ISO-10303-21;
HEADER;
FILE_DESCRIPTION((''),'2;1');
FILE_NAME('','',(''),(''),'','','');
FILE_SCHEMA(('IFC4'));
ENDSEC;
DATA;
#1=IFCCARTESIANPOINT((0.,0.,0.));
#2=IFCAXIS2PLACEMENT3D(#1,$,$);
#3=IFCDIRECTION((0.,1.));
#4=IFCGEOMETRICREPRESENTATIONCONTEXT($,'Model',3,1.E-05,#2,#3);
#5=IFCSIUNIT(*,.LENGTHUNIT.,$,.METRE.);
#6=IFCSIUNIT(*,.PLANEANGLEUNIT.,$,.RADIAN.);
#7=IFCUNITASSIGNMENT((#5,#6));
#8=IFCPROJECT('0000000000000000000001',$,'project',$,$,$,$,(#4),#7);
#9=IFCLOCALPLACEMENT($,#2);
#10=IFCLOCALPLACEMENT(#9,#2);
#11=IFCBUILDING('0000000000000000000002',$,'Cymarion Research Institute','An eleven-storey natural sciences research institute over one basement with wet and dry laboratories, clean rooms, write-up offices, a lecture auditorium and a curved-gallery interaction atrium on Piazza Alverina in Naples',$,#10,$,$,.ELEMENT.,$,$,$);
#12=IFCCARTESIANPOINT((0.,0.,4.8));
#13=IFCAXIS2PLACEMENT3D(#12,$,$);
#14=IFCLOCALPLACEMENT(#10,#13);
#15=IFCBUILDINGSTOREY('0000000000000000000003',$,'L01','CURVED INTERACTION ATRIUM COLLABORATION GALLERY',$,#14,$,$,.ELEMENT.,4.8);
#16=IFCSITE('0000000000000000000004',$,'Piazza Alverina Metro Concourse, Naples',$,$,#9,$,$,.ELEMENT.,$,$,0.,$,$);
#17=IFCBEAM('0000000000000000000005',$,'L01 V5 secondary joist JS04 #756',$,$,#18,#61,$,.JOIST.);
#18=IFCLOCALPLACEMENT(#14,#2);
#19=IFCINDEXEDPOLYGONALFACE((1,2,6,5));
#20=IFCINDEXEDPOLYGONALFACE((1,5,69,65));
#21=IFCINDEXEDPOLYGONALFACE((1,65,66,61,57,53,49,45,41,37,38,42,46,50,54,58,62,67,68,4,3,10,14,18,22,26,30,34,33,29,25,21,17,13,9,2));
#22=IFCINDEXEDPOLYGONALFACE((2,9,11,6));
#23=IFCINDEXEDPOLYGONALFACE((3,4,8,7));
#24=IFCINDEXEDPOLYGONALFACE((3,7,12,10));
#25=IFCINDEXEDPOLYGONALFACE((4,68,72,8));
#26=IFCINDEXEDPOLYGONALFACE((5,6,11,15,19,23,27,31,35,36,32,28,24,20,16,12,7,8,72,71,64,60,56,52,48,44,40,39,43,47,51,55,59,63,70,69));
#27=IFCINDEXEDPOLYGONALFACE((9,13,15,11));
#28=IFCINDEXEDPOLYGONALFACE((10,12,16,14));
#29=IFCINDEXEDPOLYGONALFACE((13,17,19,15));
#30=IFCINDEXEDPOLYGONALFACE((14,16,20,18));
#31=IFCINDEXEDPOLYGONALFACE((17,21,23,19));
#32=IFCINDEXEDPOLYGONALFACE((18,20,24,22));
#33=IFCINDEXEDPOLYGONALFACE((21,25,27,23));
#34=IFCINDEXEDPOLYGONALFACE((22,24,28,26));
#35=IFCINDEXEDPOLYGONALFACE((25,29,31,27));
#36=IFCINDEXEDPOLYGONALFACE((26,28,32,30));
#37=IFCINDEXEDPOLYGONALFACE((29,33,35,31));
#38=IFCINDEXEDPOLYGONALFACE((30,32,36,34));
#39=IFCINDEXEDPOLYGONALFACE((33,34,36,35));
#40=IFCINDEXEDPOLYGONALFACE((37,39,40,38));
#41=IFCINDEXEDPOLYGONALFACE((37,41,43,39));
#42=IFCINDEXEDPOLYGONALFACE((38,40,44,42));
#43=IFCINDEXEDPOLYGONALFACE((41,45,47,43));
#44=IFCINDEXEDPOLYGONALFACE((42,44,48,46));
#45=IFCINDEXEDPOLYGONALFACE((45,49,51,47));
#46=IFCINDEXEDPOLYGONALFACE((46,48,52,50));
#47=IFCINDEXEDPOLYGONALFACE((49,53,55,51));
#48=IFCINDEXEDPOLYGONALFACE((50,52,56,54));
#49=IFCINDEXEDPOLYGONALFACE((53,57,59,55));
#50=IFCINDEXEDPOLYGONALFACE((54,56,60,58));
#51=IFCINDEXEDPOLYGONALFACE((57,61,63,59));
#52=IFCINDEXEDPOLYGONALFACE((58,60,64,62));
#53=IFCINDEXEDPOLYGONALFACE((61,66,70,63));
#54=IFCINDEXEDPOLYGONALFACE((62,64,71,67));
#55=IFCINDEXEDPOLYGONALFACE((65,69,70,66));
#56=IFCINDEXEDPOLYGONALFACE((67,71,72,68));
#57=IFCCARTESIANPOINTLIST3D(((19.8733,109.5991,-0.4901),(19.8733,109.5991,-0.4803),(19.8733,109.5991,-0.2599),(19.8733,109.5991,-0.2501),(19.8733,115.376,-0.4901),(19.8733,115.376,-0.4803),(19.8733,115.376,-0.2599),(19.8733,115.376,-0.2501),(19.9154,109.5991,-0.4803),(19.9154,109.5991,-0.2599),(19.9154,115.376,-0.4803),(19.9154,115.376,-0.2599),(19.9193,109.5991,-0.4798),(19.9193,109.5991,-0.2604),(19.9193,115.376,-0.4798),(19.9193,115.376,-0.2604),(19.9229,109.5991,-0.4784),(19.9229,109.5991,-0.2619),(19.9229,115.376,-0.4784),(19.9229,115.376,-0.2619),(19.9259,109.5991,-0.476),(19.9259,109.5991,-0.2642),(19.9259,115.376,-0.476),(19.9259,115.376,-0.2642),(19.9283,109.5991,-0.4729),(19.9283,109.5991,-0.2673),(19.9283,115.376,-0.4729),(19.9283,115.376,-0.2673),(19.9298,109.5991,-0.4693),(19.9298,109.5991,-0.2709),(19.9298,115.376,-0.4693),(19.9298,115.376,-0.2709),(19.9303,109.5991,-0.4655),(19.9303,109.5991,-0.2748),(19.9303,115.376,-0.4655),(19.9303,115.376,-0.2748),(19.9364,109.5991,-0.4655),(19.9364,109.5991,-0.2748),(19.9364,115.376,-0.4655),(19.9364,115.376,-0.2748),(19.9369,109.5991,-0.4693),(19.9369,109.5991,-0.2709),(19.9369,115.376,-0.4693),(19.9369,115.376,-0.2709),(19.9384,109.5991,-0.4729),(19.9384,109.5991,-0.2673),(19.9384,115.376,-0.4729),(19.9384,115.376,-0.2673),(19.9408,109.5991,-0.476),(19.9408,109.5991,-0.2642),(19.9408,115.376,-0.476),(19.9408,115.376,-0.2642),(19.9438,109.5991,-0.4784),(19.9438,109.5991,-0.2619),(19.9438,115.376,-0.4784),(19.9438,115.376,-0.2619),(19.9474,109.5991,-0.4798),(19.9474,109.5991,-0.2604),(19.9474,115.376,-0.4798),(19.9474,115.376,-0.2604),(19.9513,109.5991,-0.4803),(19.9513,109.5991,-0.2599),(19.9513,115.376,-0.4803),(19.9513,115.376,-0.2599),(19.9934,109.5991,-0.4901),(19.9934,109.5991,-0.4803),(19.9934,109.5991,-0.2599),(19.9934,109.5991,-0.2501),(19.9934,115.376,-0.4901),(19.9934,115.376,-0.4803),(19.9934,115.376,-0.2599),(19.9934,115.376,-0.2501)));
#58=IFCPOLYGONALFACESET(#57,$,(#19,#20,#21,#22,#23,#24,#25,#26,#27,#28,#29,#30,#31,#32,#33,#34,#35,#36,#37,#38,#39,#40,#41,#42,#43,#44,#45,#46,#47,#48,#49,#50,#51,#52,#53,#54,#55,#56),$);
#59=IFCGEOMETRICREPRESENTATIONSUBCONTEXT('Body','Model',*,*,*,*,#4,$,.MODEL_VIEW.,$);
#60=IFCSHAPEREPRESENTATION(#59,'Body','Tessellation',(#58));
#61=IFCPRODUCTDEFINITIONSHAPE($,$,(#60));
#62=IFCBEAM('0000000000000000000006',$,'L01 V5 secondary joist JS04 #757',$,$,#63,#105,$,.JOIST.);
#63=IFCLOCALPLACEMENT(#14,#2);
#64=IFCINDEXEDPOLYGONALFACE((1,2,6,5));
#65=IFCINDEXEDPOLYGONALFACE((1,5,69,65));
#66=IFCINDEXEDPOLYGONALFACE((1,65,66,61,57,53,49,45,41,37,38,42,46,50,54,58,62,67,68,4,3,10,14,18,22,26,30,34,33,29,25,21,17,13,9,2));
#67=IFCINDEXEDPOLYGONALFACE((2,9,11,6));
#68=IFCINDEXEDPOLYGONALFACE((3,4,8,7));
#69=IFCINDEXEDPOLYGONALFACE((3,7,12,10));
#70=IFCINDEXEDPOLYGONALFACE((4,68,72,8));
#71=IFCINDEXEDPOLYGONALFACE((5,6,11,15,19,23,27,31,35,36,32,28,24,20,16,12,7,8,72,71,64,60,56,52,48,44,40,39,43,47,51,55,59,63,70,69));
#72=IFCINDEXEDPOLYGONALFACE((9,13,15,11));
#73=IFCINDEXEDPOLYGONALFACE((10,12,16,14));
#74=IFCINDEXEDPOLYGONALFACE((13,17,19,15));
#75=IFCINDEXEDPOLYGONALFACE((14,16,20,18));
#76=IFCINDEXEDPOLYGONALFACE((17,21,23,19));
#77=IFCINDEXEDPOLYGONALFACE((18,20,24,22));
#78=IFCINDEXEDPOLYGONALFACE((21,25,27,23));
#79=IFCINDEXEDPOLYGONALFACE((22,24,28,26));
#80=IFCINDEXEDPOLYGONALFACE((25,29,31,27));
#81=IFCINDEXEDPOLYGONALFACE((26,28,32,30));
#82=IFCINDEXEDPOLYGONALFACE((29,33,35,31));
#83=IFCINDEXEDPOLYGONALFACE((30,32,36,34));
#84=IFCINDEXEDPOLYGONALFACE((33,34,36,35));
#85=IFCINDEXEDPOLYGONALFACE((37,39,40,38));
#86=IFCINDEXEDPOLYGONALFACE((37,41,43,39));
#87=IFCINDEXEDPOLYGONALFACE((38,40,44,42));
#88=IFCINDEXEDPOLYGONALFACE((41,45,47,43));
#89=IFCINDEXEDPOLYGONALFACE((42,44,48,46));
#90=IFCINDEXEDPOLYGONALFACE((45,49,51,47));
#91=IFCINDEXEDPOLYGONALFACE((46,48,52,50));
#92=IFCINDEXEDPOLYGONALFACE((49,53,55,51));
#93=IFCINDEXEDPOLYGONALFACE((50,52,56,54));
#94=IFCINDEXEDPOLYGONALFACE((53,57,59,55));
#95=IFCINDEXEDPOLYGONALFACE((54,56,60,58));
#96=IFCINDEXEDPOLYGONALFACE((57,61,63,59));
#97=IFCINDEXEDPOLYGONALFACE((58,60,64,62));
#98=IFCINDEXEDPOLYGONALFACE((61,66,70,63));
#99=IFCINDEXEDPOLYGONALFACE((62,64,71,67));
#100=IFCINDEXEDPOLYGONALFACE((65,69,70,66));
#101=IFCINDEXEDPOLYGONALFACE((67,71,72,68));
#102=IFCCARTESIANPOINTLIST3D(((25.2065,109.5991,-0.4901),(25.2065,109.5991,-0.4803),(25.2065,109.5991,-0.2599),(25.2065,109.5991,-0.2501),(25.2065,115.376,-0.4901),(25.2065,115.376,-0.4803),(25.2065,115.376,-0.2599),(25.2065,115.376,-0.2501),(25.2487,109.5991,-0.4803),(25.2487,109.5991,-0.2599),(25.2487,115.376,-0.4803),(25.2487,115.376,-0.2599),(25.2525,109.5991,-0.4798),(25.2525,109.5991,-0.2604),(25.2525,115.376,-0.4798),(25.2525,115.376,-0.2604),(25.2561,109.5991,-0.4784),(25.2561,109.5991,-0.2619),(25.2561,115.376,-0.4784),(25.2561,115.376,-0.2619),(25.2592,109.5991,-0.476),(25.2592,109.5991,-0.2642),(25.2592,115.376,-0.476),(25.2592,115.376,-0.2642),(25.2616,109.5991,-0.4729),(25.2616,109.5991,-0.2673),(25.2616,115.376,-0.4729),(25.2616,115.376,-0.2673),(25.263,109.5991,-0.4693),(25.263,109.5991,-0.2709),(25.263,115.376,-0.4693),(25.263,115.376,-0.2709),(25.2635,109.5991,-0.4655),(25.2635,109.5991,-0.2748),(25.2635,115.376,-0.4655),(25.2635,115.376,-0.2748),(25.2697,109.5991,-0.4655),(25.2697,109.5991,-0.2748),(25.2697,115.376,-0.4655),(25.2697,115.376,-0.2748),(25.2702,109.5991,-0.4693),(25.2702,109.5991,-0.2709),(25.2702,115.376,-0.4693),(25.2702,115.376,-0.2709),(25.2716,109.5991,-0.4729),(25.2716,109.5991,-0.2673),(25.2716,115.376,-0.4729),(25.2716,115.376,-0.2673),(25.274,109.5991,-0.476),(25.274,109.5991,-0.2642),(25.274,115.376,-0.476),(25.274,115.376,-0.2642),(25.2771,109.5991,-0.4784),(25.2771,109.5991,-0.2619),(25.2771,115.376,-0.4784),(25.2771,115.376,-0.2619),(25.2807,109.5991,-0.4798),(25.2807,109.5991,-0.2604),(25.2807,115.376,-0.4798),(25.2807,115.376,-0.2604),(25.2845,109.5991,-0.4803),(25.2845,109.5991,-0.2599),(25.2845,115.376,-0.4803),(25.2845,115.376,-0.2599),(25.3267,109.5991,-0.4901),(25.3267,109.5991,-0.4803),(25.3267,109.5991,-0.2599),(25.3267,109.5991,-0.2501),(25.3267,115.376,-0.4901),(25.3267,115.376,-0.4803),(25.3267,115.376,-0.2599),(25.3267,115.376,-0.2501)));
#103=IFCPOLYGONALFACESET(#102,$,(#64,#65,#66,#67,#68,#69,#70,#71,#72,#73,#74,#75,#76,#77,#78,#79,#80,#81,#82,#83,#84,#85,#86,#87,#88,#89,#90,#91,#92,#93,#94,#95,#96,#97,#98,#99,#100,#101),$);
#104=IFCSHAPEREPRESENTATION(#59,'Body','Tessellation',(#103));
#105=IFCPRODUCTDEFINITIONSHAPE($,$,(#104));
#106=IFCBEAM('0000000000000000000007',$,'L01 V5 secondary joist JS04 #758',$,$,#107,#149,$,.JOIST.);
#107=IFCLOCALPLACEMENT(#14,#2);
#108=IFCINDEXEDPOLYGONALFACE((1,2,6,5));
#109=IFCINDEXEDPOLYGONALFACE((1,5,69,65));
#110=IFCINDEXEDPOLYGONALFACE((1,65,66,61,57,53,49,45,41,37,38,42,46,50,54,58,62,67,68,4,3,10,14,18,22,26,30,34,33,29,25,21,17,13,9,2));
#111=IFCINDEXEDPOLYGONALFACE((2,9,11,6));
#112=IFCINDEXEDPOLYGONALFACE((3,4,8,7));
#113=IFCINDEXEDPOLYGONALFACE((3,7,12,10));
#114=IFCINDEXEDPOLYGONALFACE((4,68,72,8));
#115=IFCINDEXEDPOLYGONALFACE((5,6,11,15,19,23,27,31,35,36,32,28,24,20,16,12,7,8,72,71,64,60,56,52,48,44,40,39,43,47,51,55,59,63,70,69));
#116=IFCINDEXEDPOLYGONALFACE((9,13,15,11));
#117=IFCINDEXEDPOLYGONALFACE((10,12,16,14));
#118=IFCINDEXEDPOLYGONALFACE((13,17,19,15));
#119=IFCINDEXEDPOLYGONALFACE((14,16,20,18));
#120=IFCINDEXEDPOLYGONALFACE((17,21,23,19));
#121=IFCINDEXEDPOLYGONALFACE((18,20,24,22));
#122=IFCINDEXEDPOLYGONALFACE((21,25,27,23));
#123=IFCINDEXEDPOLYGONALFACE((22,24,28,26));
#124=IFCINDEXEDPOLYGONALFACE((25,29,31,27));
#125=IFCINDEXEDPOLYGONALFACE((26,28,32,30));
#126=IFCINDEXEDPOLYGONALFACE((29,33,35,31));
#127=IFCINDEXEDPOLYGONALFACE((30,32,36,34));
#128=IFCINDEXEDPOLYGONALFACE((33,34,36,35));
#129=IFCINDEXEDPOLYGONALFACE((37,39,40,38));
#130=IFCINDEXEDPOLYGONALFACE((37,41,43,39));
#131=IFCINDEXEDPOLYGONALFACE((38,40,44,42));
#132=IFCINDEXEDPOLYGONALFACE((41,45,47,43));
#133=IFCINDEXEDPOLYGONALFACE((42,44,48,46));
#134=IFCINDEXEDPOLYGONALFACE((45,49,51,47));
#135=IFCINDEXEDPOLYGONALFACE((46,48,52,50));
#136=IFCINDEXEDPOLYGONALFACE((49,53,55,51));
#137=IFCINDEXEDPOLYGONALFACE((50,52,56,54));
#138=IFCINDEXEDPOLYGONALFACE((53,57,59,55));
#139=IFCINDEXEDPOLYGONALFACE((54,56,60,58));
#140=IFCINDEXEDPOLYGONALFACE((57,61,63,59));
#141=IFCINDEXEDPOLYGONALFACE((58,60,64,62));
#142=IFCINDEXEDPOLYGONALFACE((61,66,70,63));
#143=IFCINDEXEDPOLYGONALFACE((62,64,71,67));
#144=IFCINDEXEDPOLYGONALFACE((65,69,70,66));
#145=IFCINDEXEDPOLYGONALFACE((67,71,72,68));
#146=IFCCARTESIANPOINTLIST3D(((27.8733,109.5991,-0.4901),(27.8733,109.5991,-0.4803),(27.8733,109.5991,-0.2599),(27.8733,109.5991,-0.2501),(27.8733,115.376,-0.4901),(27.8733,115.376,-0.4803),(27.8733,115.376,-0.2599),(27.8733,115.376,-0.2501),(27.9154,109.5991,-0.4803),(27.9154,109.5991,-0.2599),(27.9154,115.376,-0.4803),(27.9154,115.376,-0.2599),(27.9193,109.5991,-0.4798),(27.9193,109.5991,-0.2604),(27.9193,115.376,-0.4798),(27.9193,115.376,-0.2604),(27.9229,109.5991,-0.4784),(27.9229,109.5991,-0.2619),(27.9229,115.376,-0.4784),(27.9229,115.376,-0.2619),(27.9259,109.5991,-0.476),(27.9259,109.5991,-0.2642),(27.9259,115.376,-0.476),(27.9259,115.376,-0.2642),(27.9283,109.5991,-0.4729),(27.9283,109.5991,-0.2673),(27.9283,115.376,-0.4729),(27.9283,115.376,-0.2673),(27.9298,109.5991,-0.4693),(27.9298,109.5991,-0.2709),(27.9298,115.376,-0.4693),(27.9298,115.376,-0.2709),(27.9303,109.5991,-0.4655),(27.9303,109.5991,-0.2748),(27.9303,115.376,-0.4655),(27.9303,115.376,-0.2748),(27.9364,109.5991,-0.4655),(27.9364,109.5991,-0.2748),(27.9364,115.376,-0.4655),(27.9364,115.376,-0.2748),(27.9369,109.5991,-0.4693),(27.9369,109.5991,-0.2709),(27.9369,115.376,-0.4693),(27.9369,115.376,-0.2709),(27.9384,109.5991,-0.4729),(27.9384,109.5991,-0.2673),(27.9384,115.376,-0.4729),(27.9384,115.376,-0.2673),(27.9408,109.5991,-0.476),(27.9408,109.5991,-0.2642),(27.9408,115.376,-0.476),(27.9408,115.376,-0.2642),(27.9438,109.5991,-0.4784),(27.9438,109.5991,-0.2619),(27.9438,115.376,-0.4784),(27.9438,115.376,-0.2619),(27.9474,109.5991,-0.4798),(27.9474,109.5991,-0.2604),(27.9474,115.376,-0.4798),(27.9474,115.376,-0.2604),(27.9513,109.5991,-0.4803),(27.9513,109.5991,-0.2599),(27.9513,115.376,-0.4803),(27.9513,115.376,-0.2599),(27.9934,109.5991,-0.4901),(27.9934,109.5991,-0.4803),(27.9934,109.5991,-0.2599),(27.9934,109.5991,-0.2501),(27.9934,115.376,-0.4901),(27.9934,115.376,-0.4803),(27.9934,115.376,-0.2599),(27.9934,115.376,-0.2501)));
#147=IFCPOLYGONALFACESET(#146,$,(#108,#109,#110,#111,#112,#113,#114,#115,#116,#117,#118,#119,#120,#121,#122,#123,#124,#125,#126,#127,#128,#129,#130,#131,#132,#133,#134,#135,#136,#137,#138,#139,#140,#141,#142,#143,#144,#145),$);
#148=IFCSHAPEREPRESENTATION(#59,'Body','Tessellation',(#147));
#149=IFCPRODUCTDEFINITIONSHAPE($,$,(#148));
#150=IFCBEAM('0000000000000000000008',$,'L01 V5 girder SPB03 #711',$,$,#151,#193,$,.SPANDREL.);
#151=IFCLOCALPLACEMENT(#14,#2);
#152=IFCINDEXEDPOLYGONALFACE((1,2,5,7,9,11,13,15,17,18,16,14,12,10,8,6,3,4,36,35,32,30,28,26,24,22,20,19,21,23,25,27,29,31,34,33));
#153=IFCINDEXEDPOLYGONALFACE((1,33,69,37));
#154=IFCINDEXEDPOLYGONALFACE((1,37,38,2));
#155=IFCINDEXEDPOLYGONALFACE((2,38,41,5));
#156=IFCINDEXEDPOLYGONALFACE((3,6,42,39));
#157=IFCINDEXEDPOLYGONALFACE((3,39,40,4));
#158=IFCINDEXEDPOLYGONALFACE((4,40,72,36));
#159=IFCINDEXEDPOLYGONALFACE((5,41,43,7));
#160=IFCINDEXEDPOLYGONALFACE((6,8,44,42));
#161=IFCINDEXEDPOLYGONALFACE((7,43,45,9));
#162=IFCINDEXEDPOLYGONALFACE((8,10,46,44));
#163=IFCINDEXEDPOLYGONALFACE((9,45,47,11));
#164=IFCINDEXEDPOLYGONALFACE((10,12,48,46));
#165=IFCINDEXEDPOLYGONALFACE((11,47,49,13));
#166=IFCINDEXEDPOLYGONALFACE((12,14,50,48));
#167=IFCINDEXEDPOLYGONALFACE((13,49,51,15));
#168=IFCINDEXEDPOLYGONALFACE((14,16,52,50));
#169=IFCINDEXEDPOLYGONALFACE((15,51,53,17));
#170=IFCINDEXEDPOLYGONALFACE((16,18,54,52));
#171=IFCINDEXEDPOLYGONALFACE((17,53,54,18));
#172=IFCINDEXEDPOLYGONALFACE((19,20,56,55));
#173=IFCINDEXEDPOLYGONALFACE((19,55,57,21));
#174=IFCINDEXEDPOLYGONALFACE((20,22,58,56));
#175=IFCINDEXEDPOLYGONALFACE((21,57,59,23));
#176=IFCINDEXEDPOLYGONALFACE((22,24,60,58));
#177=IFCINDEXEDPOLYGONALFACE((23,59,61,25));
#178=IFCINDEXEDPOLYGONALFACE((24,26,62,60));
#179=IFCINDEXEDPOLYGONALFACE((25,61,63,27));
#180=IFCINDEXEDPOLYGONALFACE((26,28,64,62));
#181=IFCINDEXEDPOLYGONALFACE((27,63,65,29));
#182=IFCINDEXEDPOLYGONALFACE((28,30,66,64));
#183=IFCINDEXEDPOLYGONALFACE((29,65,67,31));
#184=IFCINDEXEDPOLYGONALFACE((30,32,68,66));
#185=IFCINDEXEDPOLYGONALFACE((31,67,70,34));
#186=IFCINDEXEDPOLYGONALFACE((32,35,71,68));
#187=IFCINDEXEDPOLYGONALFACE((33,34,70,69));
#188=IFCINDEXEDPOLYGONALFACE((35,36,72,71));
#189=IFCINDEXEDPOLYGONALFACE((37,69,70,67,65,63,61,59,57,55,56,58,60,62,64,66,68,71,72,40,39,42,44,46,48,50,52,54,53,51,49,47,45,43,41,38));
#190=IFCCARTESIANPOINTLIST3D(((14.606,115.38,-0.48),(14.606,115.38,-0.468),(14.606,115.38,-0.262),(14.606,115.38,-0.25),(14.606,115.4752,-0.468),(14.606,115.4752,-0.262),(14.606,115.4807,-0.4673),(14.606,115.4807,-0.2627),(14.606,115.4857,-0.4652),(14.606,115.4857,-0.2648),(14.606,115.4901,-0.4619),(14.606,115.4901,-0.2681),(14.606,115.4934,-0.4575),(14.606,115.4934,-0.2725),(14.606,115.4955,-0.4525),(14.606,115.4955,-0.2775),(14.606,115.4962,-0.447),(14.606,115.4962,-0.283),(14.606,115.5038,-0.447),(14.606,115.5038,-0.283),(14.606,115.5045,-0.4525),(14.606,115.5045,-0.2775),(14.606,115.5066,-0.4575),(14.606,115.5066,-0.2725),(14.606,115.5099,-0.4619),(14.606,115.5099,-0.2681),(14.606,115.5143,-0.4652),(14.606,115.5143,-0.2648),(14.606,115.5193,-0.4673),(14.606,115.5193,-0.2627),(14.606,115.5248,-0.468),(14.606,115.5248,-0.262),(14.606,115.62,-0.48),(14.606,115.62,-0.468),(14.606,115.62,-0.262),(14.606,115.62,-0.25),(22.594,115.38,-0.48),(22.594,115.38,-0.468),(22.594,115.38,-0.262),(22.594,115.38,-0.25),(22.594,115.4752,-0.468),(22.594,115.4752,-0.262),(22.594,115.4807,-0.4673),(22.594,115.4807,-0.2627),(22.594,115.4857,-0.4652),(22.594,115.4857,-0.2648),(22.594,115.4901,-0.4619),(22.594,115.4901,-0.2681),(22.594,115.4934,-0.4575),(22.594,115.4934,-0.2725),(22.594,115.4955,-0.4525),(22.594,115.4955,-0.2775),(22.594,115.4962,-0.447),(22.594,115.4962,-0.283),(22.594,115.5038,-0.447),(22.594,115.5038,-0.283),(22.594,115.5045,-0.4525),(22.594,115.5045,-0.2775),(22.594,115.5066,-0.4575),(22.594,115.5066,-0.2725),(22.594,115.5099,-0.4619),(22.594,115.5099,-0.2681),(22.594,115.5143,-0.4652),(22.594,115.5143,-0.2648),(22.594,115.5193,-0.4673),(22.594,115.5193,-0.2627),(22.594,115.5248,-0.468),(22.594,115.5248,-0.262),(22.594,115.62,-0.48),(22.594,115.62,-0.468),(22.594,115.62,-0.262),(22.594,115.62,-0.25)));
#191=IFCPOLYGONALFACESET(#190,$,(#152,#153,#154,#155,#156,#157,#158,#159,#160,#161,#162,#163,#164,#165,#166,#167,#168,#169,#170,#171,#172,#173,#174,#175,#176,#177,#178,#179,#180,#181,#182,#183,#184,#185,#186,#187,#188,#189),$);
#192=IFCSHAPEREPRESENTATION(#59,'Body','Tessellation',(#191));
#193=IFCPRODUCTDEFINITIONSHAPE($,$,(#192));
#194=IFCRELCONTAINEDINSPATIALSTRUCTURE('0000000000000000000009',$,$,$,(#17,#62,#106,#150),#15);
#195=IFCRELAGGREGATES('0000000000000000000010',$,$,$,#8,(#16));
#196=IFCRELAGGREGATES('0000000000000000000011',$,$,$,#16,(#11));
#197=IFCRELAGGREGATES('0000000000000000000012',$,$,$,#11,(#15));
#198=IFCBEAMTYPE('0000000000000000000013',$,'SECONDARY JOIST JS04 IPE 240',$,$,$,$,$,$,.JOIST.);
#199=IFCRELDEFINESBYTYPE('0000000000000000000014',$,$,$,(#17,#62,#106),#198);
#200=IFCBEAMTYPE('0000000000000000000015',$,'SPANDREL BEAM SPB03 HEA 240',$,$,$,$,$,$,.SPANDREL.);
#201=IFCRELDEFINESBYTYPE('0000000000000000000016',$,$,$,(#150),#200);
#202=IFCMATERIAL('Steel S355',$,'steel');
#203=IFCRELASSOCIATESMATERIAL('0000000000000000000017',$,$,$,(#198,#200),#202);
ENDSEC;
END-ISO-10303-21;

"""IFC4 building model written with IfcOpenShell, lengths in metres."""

from ifc_helpers import new_model, si_unit, direction, frame, origin, origin_2d, place, context, subcontext, project, spatial, i_section, extrude, material, material_profile, profile_set, type_object, element, save


model = new_model("IFC4")

# Units and contexts
model_context = context("Model", 3, precision=1e-05, world=origin(), true_north=direction((0.0, 1.0)))
body_context = subcontext(model_context, "Body", "Model", "MODEL_VIEW")
ifc_project = project(units=[si_unit("LENGTHUNIT", "METRE"), si_unit("PLANEANGLEUNIT", "RADIAN")], contexts=[model_context])

# Site, building, storey
site_placement = place(None, origin())
site = spatial("IfcSite", under=ifc_project, at=site_placement, Name="Piazza Alverina Metro Concourse, Naples", CompositionType="ELEMENT", RefElevation=0.0)
building_placement = place(site_placement, origin())
building = spatial("IfcBuilding", under=site, at=building_placement, Name="Cymarion Research Institute", Description="An eleven-storey natural sciences research institute over one basement with wet and dry laboratories, clean rooms, write-up offices, a lecture auditorium and a curved-gallery interaction atrium on Piazza Alverina in Naples", CompositionType="ELEMENT")
storey_placement = place(building_placement, frame((0.0, 0.0, 4.8)))
storey = spatial("IfcBuildingStorey", under=building, at=storey_placement, Name="L01", Description="CURVED INTERACTION ATRIUM COLLABORATION GALLERY", CompositionType="ELEMENT", Elevation=4.8)

# Shared definitions
ifc_material_1 = material(Name="Steel S355", Category="steel")

# Beams
ifc_material_profile_1 = material_profile(ifc_material_1, i_section(OverallWidth=0.1201, OverallDepth=0.24, WebThickness=0.0061, FlangeThickness=0.0098, FilletRadius=0.0149, at=origin_2d()), Name="IPE 240")
ifc_profile_set_1 = profile_set([ifc_material_profile_1], Name="Steel S355")
beam_type_1 = type_object("IfcBeamType", Name="SECONDARY JOIST JS04 IPE 240", PredefinedType="JOIST", material=ifc_profile_set_1)
for number, where, z_axis, x_axis, name in (
    (1, (19.9333, 109.5991, -0.3701), (0.0, 1.0, 0.0), (-1.0, 0.0, 0.0), "L01 V5 secondary joist JS04 #756"),
    (2, (25.2666, 109.5991, -0.3701), (0.0, 1.0, 0.0), (-1.0, 0.0, 0.0), "L01 V5 secondary joist JS04 #757"),
    (3, (27.9333, 109.5991, -0.3701), (0.0, 1.0, 0.0), (-1.0, 0.0, 0.0), "L01 V5 secondary joist JS04 #758"),
):
    element("IfcBeam", number, at=place(storey_placement, frame(where, z_axis=z_axis, x_axis=x_axis)), inside=storey, type_object=beam_type_1, Name=name, PredefinedType="JOIST", context=body_context, shape_type="SweptSolid", body=[
        extrude(i_section(OverallWidth=0.1201, OverallDepth=0.24, WebThickness=0.0061, FlangeThickness=0.0098, FilletRadius=0.0149, at=origin_2d()), origin(), (0.0, 0.0, 1.0), 5.7769),
    ])
ifc_material_profile_2 = material_profile(ifc_material_1, i_section(OverallWidth=0.24, OverallDepth=0.23, WebThickness=0.0076, FlangeThickness=0.012, FilletRadius=0.021, at=origin_2d()), Name="HEA 240")
ifc_profile_set_2 = profile_set([ifc_material_profile_2], Name="Steel S355")
beam_type_2 = type_object("IfcBeamType", Name="SPANDREL BEAM SPB03 HEA 240", PredefinedType="SPANDREL", material=ifc_profile_set_2)
for number, where, z_axis, x_axis, name in (
    (4, (14.606, 115.5, -0.365), (1.0, 0.0, 0.0), (0.0, 1.0, 0.0), "L01 V5 girder SPB03 #711"),
):
    element("IfcBeam", number, at=place(storey_placement, frame(where, z_axis=z_axis, x_axis=x_axis)), inside=storey, type_object=beam_type_2, Name=name, PredefinedType="SPANDREL", context=body_context, shape_type="SweptSolid", body=[
        extrude(i_section(OverallWidth=0.24, OverallDepth=0.23, WebThickness=0.0076, FlangeThickness=0.012, FilletRadius=0.021, at=origin_2d()), origin(), (0.0, 0.0, 1.0), 7.988),
    ])

save(model, "model.ifc")
